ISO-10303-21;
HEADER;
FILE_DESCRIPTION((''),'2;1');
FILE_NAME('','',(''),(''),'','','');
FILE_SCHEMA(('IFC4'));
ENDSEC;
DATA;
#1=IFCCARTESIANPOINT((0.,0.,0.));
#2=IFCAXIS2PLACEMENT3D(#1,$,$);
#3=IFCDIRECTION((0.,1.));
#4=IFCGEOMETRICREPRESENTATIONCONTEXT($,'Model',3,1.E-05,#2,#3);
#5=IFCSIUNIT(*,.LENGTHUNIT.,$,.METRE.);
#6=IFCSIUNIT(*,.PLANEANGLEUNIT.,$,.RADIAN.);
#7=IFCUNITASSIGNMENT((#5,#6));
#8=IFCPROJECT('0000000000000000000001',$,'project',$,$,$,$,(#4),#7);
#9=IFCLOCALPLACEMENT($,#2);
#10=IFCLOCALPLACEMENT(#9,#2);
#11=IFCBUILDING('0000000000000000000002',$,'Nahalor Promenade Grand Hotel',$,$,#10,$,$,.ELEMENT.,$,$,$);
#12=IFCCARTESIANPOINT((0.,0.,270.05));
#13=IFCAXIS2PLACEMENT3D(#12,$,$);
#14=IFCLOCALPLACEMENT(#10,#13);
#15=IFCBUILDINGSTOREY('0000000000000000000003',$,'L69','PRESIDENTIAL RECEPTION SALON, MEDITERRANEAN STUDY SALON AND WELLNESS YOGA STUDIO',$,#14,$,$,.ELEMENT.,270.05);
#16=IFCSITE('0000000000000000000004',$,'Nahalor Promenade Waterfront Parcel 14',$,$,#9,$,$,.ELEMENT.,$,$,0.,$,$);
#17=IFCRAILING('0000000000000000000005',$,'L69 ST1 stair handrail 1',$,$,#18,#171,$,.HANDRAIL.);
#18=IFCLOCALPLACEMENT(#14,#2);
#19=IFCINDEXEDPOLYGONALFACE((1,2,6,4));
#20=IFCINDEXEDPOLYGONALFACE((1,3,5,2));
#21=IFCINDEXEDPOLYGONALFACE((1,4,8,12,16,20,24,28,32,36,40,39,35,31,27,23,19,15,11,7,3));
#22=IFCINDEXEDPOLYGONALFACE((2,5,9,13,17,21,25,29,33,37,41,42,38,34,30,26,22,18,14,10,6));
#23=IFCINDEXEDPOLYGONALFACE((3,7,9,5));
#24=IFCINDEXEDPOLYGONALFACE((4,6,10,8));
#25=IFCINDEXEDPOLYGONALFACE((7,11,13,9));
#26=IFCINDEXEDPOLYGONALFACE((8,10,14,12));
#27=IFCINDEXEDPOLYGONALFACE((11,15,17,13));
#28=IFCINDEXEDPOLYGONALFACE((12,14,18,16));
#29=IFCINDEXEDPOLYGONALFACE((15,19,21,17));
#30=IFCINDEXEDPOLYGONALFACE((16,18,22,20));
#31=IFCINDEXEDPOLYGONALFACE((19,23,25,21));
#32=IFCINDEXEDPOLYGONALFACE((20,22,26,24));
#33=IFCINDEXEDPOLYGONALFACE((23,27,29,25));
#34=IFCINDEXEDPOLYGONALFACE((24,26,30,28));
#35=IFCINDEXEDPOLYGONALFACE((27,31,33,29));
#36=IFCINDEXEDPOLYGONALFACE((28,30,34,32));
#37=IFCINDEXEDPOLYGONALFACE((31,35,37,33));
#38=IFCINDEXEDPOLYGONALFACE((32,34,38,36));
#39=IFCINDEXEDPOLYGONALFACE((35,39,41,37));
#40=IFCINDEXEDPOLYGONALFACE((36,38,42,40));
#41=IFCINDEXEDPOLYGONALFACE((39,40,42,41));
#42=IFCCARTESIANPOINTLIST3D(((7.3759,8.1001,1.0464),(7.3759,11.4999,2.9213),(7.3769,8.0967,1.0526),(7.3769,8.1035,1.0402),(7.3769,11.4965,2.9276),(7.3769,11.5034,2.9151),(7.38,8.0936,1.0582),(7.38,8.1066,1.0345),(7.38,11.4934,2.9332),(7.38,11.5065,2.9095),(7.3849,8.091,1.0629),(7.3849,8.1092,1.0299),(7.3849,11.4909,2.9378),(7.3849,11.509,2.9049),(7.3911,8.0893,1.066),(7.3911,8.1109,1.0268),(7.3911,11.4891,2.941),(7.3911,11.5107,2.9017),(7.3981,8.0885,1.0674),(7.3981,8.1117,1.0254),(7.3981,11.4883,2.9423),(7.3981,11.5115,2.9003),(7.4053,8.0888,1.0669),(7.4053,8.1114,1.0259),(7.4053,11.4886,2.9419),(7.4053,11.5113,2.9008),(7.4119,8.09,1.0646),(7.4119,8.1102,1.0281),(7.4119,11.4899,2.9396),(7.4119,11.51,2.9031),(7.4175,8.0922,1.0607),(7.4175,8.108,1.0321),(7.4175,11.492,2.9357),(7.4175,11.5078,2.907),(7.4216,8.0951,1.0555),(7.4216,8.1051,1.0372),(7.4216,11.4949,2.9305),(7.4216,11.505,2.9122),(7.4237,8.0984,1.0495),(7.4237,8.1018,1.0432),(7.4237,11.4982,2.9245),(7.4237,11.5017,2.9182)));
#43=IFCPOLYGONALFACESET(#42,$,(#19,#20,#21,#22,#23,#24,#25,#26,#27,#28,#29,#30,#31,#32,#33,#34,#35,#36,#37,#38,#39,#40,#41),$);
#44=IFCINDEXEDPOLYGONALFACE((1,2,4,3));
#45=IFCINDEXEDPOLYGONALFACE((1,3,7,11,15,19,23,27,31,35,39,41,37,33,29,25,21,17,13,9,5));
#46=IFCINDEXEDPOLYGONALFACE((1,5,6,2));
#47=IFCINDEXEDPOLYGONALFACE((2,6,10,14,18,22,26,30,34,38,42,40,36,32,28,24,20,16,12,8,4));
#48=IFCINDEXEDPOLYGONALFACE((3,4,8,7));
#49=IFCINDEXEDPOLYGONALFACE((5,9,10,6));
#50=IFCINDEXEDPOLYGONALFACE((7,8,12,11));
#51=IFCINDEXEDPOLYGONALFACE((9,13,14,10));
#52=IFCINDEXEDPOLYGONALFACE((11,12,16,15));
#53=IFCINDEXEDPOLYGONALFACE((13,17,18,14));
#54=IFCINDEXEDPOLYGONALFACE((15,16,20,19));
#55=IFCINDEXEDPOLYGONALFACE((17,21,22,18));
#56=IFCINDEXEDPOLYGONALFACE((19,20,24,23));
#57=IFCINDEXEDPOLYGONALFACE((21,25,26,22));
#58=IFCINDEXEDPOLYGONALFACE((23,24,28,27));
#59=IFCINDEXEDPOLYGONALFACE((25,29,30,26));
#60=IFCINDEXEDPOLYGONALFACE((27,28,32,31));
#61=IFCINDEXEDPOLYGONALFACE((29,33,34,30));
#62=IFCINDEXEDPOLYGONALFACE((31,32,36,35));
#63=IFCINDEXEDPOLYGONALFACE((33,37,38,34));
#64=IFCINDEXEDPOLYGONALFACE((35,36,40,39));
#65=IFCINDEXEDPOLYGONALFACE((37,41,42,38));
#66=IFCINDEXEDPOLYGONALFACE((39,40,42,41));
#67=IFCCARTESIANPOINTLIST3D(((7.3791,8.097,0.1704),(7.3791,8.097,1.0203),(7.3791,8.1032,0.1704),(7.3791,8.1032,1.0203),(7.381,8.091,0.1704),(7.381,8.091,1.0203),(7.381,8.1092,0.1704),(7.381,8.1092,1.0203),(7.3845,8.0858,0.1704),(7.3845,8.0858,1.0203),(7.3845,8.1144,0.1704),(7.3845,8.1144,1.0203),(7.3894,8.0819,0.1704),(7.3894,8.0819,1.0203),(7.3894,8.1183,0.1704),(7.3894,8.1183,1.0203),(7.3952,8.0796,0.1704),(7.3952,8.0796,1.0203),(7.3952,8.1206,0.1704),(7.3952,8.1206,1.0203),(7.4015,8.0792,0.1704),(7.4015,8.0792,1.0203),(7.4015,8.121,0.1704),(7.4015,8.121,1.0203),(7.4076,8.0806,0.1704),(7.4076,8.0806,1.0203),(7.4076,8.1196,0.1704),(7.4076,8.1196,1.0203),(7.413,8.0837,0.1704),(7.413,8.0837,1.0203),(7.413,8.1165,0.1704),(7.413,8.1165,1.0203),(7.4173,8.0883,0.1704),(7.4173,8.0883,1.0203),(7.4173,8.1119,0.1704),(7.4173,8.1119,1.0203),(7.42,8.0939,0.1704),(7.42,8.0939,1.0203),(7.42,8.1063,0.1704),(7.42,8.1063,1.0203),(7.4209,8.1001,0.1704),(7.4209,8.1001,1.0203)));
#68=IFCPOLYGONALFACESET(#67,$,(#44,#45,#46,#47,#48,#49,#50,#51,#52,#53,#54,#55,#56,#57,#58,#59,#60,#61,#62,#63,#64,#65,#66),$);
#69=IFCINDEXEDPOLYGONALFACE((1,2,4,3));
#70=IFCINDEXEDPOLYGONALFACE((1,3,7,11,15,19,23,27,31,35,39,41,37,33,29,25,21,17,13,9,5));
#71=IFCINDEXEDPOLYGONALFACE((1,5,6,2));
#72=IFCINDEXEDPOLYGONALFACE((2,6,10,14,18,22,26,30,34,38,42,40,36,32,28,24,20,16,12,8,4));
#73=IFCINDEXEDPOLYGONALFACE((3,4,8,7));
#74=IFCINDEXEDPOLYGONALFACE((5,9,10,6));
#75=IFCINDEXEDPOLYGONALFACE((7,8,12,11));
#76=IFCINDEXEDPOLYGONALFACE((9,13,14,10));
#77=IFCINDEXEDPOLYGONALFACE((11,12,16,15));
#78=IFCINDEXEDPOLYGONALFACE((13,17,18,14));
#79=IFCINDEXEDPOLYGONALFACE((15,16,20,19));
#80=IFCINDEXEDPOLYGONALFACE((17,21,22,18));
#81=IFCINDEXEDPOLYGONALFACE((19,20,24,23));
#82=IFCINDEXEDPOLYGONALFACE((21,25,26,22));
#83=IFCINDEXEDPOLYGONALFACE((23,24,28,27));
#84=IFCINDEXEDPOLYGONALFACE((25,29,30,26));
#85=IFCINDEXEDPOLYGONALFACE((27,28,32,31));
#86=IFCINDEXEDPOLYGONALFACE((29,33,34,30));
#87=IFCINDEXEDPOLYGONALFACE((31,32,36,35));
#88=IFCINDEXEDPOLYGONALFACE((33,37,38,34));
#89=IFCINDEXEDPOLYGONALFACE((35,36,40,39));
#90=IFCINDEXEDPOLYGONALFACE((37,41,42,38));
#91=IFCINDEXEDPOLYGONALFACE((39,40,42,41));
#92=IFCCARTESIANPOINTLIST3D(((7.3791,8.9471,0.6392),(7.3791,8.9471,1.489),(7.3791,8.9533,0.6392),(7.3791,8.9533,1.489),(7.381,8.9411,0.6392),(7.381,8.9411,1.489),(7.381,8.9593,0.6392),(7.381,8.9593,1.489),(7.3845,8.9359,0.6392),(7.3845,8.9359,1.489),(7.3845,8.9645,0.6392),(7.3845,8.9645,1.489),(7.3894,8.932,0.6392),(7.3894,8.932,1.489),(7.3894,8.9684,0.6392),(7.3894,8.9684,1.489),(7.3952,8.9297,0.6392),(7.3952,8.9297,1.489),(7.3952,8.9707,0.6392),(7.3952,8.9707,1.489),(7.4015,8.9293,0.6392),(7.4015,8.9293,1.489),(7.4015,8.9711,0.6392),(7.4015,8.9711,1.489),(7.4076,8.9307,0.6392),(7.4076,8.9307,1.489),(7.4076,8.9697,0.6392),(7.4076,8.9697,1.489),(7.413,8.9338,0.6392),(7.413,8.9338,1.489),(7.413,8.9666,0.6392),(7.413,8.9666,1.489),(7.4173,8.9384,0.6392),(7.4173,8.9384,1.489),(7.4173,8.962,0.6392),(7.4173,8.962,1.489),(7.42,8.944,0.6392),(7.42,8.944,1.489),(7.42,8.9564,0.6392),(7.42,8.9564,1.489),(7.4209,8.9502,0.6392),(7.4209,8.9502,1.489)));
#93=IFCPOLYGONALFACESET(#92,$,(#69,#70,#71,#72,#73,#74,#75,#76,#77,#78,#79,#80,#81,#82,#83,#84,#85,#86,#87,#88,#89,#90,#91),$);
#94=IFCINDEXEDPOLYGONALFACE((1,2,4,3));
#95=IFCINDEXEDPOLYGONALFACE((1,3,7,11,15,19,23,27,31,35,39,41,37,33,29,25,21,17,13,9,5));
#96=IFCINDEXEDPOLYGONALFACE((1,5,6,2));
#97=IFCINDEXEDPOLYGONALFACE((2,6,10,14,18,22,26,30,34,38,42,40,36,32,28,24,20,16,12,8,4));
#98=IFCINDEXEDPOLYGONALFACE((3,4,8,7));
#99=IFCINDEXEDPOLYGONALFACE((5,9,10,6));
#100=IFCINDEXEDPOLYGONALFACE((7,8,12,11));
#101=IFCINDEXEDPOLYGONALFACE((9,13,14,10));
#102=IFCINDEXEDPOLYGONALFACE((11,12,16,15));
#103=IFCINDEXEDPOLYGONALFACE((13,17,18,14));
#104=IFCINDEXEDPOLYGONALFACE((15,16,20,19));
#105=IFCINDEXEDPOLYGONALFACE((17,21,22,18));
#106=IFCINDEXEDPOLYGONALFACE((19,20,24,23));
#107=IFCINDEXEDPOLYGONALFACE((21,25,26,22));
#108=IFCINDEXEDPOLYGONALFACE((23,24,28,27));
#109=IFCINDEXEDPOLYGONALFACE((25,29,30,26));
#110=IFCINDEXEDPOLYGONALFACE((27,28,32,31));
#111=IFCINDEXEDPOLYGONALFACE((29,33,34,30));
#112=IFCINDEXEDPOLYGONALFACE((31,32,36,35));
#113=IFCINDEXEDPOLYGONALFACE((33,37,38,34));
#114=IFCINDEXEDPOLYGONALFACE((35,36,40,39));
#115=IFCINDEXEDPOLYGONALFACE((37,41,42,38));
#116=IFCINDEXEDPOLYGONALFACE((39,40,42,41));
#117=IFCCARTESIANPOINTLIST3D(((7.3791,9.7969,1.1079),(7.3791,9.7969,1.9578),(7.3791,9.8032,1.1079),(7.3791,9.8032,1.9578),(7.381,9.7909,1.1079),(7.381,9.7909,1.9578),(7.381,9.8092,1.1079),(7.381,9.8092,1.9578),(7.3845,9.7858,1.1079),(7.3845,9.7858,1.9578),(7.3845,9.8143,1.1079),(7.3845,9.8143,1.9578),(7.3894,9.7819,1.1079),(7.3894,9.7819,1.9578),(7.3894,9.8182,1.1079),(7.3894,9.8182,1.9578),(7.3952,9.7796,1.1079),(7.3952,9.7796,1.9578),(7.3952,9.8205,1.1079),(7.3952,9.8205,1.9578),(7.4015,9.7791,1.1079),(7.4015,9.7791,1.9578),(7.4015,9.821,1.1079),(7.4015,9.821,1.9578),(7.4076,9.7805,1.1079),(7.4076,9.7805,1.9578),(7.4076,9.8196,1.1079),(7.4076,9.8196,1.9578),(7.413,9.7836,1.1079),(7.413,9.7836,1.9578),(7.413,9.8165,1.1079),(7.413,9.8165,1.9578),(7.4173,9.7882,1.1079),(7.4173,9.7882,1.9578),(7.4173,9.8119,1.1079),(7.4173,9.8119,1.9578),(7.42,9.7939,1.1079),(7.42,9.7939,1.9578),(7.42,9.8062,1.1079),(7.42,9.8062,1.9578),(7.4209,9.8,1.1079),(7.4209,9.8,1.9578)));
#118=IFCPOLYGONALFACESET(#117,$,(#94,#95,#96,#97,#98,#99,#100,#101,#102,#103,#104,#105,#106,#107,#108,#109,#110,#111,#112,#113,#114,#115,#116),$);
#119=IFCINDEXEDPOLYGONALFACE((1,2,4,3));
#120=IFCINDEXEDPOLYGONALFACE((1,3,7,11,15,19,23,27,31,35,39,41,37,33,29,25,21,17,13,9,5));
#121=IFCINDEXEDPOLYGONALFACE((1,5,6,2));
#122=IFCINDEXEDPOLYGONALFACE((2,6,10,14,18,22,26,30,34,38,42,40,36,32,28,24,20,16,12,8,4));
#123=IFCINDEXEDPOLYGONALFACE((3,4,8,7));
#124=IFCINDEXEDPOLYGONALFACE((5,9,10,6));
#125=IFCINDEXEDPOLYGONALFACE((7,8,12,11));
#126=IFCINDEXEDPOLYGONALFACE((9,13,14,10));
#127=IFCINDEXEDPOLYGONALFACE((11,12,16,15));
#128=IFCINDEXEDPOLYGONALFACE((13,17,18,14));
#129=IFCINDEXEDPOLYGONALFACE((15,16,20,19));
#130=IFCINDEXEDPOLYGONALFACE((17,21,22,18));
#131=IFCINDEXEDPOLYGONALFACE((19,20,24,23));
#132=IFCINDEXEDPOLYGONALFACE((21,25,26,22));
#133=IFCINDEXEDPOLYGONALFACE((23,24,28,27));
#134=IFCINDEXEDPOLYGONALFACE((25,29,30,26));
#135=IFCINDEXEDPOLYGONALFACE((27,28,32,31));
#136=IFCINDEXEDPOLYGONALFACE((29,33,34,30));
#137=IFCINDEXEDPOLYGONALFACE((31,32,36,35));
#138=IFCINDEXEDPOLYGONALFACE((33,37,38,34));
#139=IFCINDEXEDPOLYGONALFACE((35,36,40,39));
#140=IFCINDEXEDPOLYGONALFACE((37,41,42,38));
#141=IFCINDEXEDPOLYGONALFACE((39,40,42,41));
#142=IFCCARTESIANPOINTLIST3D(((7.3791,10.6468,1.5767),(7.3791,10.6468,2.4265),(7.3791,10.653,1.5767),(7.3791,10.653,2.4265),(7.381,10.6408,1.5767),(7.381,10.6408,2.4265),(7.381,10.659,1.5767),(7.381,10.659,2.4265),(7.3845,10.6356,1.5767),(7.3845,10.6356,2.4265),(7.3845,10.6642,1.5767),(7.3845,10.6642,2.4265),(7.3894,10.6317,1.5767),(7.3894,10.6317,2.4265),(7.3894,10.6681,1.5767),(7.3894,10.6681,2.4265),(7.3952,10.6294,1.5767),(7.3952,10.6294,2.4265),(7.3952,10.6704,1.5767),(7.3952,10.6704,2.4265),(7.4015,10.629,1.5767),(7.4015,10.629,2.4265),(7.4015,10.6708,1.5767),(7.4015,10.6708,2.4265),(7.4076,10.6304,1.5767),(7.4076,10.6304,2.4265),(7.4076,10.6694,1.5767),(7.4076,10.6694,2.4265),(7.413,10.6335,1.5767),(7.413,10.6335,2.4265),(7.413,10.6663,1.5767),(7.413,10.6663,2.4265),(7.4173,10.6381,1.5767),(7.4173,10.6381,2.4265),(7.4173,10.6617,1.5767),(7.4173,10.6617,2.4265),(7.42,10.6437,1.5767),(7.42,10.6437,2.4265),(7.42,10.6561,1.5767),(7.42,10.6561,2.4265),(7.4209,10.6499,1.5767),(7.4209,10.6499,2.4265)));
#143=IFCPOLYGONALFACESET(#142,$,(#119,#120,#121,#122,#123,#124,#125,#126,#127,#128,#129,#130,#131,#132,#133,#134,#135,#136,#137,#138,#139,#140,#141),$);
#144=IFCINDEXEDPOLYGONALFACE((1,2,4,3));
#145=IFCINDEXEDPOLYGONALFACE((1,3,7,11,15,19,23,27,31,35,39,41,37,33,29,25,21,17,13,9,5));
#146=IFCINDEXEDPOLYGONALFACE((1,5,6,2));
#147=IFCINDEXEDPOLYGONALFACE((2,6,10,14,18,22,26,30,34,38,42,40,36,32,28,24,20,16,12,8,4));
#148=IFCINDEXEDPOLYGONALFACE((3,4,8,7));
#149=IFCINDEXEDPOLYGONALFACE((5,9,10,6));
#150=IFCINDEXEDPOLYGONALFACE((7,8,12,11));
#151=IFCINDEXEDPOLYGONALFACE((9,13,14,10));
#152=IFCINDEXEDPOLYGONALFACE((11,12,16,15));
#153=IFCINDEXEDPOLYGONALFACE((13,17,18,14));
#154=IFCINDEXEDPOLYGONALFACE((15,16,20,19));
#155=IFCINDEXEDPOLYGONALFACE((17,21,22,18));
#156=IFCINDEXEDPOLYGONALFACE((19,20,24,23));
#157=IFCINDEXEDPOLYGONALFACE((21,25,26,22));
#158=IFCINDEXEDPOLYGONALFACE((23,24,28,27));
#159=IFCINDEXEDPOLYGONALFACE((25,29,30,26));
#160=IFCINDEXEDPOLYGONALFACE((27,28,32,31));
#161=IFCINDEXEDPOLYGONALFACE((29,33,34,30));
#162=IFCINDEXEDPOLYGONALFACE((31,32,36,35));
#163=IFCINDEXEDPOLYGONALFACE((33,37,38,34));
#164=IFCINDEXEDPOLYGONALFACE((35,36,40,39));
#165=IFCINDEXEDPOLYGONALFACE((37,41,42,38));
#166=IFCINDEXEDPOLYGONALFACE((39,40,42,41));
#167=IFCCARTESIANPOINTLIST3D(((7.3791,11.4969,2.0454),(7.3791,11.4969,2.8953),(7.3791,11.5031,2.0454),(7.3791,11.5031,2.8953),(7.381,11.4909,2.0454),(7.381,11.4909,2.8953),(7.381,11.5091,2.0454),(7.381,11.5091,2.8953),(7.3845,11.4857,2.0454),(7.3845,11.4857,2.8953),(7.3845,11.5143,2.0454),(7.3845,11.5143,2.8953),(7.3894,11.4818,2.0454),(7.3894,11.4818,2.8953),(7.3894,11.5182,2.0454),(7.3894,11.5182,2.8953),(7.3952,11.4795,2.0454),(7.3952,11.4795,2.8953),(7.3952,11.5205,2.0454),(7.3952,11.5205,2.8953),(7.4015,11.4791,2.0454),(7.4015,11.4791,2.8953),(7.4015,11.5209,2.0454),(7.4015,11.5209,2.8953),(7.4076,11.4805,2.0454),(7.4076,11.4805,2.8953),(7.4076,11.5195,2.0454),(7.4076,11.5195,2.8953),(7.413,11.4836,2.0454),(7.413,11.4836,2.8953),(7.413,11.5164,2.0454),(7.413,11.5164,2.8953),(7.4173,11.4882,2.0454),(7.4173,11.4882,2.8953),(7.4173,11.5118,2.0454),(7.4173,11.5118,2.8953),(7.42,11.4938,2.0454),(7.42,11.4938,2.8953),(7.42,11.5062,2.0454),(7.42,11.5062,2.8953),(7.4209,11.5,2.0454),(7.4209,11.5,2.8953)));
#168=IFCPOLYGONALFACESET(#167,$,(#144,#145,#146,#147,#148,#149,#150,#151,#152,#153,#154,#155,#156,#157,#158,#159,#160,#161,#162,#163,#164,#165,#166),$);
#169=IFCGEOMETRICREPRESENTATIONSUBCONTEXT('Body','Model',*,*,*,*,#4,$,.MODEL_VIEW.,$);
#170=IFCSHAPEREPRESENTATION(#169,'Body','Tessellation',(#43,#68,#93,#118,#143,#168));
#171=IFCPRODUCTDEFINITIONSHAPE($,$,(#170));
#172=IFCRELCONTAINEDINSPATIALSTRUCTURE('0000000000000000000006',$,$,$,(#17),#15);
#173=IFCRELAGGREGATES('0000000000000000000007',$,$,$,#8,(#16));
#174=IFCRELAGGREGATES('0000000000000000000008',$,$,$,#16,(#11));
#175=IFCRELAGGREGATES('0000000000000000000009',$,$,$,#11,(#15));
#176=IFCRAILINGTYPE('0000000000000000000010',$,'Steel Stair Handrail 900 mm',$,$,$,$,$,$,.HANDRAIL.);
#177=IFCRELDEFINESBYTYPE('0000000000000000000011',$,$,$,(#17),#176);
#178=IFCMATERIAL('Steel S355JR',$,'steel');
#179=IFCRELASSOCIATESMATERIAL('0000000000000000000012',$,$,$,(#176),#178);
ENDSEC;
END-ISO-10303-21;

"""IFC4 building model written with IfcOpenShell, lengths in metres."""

from ifc_helpers import new_model, si_unit, direction, frame, origin, origin_2d, place, context, subcontext, project, spatial, circle, extrude, material, type_object, element, save


model = new_model("IFC4")

# Units and contexts
model_context = context("Model", 3, precision=1e-05, world=origin(), true_north=direction((0.0, 1.0)))
body_context = subcontext(model_context, "Body", "Model", "MODEL_VIEW")
ifc_project = project(units=[si_unit("LENGTHUNIT", "METRE"), si_unit("PLANEANGLEUNIT", "RADIAN")], contexts=[model_context])

# Site, building, storey
site_placement = place(None, origin())
site = spatial("IfcSite", under=ifc_project, at=site_placement, Name="Nahalor Promenade Waterfront Parcel 14", CompositionType="ELEMENT", RefElevation=0.0)
building_placement = place(site_placement, origin())
building = spatial("IfcBuilding", under=site, at=building_placement, Name="Nahalor Promenade Grand Hotel", CompositionType="ELEMENT")
storey_placement = place(building_placement, frame((0.0, 0.0, 270.05)))
storey = spatial("IfcBuildingStorey", under=building, at=storey_placement, Name="L69", Description="PRESIDENTIAL RECEPTION SALON, MEDITERRANEAN STUDY SALON AND WELLNESS YOGA STUDIO", CompositionType="ELEMENT", Elevation=270.05)

# Shared definitions
ifc_material_1 = material(Name="Steel S355JR", Category="steel")

# Railing
railing_type_1 = type_object("IfcRailingType", Name="Steel Stair Handrail 900 mm", PredefinedType="HANDRAIL", material=ifc_material_1)
railing_1_placement = place(storey_placement, frame((7.3999, 8.1001, 0.1704)))
element("IfcRailing", 1, at=railing_1_placement, inside=storey, type_object=railing_type_1, Name="L69 ST1 stair handrail 1", PredefinedType="HANDRAIL", context=body_context, shape_type="SweptSolid", body=[
    extrude(circle(Radius=0.024, at=origin_2d()), frame((0.0, 0.0, 0.876), z_axis=(0.0, 0.875666, 0.482918), x_axis=(-1.0, 0.0, 0.0)), (0.0, 0.0, 1.0), 3.8826),
    extrude(circle(Radius=0.021, at=origin_2d()), origin(), (0.0, 0.0, 1.0), 0.8499),
    extrude(circle(Radius=0.021, at=origin_2d()), frame((0.0, 0.8501, 0.4688)), (0.0, 0.0, 1.0), 0.8499),
    extrude(circle(Radius=0.021, at=origin_2d()), frame((0.0, 1.7, 0.9375)), (0.0, 0.0, 1.0), 0.8499),
    extrude(circle(Radius=0.021, at=origin_2d()), frame((0.0, 2.5498, 1.4062)), (0.0, 0.0, 1.0), 0.8499),
    extrude(circle(Radius=0.021, at=origin_2d()), frame((0.0, 3.3999, 1.875)), (0.0, 0.0, 1.0), 0.8499),
])

save(model, "model.ifc")
